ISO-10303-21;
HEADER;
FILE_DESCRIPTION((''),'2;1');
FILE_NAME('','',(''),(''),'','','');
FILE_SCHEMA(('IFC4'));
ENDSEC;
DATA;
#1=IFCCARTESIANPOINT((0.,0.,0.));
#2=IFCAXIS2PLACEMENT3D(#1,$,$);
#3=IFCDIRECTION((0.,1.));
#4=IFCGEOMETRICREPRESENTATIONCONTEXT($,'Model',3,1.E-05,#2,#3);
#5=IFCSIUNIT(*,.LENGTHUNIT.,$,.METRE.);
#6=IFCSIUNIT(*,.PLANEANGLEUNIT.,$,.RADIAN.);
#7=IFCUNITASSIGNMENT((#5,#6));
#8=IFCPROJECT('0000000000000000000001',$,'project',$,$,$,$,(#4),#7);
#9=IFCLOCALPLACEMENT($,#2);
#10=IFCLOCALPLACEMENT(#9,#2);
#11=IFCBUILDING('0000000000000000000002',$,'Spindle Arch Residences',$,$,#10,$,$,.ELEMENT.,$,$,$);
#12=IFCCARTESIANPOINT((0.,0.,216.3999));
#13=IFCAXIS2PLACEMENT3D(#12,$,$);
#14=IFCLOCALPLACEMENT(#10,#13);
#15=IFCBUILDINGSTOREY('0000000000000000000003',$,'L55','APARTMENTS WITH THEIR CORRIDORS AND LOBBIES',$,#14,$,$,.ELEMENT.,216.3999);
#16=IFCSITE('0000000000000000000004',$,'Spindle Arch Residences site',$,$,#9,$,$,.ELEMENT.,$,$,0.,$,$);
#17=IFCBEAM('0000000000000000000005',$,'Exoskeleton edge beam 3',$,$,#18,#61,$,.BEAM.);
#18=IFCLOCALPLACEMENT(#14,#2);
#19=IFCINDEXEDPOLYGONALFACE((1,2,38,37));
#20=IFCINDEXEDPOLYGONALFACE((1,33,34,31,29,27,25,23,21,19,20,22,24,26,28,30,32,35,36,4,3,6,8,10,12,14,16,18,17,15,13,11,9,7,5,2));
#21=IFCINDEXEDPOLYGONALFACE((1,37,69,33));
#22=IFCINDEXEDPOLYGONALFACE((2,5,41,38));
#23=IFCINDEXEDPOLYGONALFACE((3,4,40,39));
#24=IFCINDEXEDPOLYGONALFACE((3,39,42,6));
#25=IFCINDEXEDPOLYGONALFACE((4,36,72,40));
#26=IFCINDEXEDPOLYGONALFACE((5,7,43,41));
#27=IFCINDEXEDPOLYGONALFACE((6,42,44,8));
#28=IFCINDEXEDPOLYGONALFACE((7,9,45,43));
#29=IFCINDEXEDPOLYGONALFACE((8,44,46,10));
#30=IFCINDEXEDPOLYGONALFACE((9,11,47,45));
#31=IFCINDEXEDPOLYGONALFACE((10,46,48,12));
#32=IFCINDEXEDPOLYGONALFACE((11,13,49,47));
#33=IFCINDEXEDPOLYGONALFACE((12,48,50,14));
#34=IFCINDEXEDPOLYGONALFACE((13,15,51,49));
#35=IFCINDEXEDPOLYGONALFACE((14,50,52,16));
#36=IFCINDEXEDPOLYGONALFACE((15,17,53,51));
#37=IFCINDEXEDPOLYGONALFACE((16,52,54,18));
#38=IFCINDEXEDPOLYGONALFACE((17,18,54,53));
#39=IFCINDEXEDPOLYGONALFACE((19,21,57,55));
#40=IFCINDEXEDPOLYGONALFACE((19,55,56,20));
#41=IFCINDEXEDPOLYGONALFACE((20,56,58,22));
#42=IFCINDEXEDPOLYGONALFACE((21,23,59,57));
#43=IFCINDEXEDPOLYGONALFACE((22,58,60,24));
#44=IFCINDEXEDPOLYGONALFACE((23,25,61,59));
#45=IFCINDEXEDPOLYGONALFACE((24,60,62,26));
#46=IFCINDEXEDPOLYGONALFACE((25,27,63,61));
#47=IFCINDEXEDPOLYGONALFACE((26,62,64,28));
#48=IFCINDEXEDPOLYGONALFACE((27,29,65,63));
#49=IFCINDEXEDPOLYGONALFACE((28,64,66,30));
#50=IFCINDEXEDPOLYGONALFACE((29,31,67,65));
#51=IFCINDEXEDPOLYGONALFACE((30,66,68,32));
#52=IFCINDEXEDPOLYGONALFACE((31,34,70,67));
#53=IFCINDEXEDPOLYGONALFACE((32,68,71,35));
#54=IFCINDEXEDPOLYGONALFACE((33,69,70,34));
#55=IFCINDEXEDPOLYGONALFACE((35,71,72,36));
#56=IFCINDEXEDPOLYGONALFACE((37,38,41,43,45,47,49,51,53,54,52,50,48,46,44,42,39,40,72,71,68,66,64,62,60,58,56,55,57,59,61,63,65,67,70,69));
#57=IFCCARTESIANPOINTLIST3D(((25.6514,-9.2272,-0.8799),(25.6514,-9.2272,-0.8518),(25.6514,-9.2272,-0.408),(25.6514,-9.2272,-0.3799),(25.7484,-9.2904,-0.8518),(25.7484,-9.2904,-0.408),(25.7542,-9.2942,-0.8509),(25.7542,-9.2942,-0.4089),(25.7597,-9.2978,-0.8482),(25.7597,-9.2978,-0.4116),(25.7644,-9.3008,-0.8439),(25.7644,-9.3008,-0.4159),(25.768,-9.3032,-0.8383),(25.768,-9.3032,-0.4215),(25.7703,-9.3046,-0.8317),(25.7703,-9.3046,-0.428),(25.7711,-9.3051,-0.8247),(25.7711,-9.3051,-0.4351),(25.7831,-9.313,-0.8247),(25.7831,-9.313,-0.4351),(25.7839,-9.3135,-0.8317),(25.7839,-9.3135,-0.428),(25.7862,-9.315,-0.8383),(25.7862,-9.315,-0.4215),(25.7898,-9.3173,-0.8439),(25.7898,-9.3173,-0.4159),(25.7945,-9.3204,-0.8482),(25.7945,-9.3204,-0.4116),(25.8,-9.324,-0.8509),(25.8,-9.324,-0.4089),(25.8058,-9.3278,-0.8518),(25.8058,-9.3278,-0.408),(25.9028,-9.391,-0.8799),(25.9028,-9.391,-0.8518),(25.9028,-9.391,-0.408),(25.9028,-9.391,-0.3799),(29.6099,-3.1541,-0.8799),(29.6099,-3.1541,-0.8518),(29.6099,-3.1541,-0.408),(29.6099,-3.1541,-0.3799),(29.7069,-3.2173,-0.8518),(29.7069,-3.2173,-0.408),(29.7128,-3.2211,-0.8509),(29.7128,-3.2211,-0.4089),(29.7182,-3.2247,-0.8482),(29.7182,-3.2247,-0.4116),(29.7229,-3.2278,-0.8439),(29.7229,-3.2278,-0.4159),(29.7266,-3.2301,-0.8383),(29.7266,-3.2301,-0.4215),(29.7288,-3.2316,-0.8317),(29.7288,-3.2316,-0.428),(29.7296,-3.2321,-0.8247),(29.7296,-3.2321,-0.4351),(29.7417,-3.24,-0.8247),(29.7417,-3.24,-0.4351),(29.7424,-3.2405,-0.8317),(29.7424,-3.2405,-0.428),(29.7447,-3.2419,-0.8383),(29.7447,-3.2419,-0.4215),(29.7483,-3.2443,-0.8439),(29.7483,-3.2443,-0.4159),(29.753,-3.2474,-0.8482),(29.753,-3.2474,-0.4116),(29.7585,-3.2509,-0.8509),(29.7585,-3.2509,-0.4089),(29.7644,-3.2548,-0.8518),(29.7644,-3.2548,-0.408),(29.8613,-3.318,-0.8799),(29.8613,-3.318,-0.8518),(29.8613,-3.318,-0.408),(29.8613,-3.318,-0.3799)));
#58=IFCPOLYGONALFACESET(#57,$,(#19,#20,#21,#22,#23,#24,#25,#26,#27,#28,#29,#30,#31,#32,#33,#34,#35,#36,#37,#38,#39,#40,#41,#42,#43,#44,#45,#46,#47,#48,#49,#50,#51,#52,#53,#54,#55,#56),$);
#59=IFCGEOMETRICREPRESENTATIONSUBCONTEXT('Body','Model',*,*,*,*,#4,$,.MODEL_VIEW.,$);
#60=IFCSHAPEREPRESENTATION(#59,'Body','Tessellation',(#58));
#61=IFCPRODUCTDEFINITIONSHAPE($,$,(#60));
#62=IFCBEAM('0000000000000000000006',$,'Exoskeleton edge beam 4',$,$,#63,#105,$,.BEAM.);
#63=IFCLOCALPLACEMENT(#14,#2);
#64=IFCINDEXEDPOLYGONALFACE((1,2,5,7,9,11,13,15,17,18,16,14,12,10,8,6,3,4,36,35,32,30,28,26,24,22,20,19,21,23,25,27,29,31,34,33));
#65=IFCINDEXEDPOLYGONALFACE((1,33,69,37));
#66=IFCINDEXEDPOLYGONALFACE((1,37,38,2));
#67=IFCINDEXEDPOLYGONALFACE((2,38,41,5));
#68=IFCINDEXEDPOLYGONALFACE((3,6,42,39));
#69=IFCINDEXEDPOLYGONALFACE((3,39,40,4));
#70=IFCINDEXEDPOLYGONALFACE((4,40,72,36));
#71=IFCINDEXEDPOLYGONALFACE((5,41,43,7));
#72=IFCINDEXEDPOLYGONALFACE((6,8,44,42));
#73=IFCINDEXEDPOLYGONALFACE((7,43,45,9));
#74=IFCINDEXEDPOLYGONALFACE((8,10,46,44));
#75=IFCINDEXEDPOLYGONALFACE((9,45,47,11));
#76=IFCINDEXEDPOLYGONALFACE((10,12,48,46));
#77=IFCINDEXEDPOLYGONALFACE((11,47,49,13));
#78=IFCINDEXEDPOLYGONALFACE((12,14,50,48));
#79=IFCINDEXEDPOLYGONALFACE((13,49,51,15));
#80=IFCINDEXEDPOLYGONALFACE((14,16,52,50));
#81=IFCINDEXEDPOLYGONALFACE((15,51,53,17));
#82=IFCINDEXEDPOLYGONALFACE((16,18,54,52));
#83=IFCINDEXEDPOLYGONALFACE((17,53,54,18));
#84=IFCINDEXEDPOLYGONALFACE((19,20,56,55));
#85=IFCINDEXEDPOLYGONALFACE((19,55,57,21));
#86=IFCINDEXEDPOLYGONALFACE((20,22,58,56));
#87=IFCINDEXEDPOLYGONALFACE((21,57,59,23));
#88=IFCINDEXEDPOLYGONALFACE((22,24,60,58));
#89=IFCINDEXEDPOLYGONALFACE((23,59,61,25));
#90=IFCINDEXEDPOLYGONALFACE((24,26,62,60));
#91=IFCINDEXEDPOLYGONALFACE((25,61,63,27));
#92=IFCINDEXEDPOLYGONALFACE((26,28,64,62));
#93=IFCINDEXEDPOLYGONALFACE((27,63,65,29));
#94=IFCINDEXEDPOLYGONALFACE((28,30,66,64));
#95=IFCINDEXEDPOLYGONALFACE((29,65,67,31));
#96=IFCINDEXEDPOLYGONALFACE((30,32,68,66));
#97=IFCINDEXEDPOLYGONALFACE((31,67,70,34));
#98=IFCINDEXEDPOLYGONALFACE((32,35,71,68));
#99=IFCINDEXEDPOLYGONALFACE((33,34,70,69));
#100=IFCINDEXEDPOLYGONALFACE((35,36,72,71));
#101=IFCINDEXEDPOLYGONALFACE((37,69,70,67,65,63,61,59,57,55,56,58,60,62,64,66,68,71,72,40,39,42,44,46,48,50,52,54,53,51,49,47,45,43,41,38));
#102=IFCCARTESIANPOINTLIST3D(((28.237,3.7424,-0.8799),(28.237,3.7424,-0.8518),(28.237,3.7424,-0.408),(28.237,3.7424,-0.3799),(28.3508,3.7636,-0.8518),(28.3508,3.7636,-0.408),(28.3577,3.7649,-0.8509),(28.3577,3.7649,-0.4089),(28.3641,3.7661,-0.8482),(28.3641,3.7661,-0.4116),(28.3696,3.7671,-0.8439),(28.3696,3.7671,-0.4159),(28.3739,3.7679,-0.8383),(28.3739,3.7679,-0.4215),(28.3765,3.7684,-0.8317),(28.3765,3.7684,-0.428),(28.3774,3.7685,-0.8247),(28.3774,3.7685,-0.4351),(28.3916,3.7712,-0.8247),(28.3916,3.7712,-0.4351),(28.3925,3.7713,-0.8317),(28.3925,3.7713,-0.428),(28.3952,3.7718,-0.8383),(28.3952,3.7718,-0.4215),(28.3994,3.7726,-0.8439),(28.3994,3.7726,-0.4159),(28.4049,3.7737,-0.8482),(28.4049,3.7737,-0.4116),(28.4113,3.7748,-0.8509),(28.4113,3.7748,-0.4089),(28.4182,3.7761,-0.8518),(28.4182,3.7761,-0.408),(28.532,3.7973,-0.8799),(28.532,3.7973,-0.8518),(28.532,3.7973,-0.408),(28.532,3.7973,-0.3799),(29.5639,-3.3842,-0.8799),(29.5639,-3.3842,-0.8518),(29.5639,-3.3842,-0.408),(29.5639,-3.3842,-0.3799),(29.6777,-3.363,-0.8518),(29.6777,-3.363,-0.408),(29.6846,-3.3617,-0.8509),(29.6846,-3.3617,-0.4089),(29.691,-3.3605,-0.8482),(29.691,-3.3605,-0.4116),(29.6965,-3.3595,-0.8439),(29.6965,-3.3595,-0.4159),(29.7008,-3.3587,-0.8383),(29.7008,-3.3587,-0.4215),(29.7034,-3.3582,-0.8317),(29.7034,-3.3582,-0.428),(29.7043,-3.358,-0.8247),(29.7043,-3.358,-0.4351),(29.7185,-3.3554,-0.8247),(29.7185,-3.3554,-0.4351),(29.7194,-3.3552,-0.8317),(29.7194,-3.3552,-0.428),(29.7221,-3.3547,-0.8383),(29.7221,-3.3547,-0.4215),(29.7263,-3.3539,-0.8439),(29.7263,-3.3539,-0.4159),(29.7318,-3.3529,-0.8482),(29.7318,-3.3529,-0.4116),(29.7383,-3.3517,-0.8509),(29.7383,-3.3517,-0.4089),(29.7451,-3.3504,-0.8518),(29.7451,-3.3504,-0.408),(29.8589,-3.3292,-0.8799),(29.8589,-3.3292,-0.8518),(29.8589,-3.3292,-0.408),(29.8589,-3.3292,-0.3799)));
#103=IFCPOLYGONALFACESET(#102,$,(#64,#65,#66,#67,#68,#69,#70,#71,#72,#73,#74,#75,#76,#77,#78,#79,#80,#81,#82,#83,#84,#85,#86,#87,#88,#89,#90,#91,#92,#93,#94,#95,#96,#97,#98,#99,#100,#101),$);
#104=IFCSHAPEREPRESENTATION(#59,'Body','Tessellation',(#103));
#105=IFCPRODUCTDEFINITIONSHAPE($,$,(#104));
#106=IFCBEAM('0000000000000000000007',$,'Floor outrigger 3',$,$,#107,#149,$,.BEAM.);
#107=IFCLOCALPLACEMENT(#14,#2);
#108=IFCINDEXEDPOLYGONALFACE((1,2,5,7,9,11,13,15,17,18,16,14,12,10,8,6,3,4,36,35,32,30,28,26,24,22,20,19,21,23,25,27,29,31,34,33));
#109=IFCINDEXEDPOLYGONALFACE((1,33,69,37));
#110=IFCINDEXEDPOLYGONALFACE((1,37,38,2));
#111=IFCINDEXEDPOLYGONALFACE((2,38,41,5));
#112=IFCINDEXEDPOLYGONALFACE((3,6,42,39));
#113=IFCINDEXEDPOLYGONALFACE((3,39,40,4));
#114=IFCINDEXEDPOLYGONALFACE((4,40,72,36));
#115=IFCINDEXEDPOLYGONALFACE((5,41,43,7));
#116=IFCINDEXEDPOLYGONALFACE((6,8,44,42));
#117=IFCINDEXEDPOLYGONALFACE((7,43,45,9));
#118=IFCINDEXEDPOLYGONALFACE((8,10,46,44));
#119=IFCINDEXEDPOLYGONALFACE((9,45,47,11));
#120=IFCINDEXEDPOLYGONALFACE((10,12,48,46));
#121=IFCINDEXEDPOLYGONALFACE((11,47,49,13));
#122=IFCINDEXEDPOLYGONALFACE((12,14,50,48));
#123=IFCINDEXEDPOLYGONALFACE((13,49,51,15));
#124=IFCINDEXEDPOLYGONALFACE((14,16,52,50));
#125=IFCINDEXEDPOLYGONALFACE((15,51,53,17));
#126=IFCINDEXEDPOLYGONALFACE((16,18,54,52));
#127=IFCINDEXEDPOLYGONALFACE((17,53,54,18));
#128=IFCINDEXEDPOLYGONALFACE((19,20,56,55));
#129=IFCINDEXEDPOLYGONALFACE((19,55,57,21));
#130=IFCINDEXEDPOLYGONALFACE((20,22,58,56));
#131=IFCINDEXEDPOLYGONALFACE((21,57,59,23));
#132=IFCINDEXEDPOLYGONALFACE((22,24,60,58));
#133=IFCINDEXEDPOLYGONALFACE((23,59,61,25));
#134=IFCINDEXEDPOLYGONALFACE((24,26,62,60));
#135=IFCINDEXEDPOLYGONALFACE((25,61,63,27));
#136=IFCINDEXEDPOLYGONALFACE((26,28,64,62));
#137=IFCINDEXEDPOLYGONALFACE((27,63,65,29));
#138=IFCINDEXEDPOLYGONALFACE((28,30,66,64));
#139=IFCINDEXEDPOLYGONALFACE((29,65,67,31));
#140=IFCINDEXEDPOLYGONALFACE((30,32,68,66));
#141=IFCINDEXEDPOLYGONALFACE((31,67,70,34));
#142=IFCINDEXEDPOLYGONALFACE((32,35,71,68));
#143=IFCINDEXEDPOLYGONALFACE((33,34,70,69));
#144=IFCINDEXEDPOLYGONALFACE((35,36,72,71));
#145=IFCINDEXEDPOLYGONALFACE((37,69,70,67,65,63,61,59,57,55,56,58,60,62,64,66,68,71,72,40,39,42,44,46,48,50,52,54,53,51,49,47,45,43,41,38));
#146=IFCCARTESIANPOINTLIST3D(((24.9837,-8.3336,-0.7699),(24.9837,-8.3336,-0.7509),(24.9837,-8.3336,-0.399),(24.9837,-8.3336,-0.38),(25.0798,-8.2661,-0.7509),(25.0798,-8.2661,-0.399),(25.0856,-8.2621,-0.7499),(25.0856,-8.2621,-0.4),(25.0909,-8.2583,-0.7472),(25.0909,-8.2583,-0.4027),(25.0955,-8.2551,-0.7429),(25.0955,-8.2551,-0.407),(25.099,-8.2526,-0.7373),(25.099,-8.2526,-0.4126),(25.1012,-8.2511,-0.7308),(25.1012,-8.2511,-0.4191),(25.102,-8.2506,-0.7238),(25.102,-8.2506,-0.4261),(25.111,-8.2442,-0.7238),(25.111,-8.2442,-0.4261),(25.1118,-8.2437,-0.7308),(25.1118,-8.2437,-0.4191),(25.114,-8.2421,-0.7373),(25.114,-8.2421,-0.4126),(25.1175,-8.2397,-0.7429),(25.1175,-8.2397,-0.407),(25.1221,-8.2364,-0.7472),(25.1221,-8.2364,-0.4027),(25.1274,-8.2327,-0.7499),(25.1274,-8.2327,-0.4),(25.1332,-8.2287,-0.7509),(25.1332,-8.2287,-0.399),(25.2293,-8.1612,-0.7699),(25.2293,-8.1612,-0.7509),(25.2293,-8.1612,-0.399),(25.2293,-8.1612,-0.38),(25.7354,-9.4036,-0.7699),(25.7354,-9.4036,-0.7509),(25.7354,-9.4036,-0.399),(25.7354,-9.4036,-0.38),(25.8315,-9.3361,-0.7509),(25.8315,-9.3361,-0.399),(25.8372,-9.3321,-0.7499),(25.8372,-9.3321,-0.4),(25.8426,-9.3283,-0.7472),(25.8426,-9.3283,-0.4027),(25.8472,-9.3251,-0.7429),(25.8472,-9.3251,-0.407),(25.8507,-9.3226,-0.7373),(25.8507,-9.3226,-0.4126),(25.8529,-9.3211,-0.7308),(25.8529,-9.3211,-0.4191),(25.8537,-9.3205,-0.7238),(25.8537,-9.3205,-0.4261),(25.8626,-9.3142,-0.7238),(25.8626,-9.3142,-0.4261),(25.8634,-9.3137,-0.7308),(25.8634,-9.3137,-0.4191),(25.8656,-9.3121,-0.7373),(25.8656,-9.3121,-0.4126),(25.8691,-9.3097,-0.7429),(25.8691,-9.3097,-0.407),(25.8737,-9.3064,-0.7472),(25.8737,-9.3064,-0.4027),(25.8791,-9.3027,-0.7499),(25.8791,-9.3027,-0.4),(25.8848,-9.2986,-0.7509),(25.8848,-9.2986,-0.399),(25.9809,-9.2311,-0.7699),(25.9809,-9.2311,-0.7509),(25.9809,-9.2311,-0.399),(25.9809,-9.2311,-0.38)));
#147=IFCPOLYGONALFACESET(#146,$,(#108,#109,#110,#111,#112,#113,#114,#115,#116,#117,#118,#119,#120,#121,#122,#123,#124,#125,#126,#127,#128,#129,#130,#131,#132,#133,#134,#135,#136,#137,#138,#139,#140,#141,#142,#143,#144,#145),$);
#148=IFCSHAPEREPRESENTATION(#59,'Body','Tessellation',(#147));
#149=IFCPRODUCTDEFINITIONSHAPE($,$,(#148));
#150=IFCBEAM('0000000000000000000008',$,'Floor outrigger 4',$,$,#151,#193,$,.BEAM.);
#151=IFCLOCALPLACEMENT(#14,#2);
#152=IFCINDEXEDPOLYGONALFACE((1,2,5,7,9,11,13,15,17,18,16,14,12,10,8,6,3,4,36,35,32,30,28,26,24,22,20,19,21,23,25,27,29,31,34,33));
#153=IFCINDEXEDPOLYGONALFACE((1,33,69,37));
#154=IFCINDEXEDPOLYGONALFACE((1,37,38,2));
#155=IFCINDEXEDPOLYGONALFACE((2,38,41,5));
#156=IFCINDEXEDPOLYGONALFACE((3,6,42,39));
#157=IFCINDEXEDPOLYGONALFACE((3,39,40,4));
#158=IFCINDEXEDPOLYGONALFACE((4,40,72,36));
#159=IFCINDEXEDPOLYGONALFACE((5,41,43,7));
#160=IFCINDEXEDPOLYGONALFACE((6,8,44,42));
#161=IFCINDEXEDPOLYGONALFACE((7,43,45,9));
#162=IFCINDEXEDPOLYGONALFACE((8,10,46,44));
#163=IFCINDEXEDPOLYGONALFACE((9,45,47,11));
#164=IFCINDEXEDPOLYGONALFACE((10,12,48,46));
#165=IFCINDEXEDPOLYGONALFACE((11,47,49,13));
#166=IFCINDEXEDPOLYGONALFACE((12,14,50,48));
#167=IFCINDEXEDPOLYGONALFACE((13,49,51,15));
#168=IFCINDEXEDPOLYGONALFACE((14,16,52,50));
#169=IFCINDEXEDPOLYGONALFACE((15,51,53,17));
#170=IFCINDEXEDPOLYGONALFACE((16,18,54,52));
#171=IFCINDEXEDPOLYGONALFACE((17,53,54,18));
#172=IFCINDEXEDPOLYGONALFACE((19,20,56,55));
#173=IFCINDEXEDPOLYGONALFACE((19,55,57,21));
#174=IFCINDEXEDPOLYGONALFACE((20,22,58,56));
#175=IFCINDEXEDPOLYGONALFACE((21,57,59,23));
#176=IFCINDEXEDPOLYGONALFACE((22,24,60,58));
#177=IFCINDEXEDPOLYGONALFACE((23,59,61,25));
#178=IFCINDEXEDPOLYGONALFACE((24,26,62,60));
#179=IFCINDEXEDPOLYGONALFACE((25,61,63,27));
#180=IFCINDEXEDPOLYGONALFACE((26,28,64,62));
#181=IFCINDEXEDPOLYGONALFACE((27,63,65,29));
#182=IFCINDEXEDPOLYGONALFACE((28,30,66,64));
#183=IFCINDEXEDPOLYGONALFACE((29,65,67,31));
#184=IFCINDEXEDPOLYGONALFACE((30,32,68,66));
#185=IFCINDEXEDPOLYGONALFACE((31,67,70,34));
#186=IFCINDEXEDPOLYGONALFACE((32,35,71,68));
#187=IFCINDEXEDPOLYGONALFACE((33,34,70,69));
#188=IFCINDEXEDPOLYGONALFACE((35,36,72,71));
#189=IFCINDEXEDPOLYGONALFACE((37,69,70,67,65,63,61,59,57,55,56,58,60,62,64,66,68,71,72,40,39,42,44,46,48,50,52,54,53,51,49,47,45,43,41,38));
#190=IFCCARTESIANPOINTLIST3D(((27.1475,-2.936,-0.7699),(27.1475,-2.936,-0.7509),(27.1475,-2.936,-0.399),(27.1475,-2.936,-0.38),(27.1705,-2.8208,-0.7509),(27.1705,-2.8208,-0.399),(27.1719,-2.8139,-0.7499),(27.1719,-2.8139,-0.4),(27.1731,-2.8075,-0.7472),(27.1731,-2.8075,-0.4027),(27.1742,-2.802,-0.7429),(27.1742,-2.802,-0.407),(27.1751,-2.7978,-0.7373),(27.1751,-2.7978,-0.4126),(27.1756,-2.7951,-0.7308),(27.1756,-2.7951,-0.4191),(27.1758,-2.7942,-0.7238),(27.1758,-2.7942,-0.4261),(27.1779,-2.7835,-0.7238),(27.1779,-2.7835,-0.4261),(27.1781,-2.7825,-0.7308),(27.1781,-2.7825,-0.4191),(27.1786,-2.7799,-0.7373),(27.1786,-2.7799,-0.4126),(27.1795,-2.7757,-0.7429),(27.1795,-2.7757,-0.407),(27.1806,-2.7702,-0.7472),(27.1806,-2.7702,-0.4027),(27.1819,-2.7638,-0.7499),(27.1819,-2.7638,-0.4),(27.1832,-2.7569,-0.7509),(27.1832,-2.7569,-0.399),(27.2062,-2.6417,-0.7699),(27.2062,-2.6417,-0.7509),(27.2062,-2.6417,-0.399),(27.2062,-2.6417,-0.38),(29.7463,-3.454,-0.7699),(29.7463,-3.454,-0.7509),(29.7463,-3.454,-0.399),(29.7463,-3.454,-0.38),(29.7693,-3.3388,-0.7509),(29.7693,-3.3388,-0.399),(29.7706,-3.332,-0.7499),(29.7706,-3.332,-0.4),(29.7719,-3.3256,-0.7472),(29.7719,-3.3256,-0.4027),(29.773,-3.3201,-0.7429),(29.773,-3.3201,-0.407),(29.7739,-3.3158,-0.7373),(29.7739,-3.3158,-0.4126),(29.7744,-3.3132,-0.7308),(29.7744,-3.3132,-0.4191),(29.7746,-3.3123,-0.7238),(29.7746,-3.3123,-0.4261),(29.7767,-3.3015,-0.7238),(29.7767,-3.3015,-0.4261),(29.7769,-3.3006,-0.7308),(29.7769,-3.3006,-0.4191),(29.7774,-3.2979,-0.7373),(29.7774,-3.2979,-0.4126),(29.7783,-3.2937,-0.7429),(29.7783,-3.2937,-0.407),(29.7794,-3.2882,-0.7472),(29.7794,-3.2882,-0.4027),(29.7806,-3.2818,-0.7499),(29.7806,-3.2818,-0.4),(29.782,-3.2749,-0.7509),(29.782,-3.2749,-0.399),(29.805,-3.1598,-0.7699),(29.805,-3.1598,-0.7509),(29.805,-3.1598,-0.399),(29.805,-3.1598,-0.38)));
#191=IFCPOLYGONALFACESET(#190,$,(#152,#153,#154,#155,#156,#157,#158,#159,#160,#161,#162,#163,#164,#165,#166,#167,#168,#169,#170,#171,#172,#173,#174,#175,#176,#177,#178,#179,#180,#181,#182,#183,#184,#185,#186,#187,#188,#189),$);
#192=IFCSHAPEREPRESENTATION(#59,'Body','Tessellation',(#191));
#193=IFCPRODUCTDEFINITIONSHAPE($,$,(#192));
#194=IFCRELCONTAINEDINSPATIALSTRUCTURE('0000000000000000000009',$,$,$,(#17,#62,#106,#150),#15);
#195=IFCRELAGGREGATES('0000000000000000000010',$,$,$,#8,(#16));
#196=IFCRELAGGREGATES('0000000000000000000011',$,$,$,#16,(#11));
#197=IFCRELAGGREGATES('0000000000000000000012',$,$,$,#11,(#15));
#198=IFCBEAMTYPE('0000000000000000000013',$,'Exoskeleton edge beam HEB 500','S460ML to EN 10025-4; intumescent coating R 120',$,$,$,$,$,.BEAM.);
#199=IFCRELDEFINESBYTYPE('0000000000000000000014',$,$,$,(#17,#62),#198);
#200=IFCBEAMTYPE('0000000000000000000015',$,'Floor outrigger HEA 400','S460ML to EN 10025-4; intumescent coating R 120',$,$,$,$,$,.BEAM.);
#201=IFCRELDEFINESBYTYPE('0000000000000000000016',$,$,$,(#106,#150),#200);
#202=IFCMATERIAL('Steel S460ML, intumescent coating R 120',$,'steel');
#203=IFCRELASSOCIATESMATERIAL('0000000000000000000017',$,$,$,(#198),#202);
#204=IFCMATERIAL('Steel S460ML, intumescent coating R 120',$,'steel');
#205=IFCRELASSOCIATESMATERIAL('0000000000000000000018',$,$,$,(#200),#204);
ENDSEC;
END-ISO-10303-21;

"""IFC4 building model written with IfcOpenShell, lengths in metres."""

from ifc_helpers import new_model, si_unit, direction, frame, origin, origin_2d, place, context, subcontext, project, spatial, i_section, extrude, material, material_profile, profile_set, type_object, element, save


model = new_model("IFC4")

# Units and contexts
model_context = context("Model", 3, precision=1e-05, world=origin(), true_north=direction((0.0, 1.0)))
body_context = subcontext(model_context, "Body", "Model", "MODEL_VIEW")
ifc_project = project(units=[si_unit("LENGTHUNIT", "METRE"), si_unit("PLANEANGLEUNIT", "RADIAN")], contexts=[model_context])

# Site, building, storey
site_placement = place(None, origin())
site = spatial("IfcSite", under=ifc_project, at=site_placement, Name="Spindle Arch Residences site", CompositionType="ELEMENT", RefElevation=0.0)
building_placement = place(site_placement, origin())
building = spatial("IfcBuilding", under=site, at=building_placement, Name="Spindle Arch Residences", CompositionType="ELEMENT")
storey_placement = place(building_placement, frame((0.0, 0.0, 216.3999)))
storey = spatial("IfcBuildingStorey", under=building, at=storey_placement, Name="L55", Description="APARTMENTS WITH THEIR CORRIDORS AND LOBBIES", CompositionType="ELEMENT", Elevation=216.3999)

# Beams
ifc_material_1 = material(Name="Steel S460ML, intumescent coating R 120", Category="steel")
ifc_material_profile_1 = material_profile(ifc_material_1, i_section(OverallWidth=0.3, OverallDepth=0.5, WebThickness=0.0144, FlangeThickness=0.0281, FilletRadius=0.0271, at=origin_2d()), Name="HEB 500")
ifc_profile_set_1 = profile_set([ifc_material_profile_1], Name="Steel S460ML, intumescent coating R 120")
beam_type_1 = type_object("IfcBeamType", Name="Exoskeleton edge beam HEB 500", Description="S460ML to EN 10025-4; intumescent coating R 120", PredefinedType="BEAM", material=ifc_profile_set_1)
beam_1_placement = place(storey_placement, frame((25.7771, -9.3091, -0.6299), z_axis=(0.546059, 0.837747, 0.0), x_axis=(-0.837747, 0.546059, 0.0)))
element("IfcBeam", 1, at=beam_1_placement, inside=storey, type_object=beam_type_1, Name="Exoskeleton edge beam 3", PredefinedType="BEAM", context=body_context, shape_type="SweptSolid", body=[
    extrude(i_section(OverallWidth=0.3, OverallDepth=0.5, WebThickness=0.0144, FlangeThickness=0.0281, FilletRadius=0.0271, at=origin_2d()), origin(), (0.0, 0.0, 1.0), 7.2493),
])
beam_2_placement = place(storey_placement, frame((29.7114, -3.3567, -0.6299), z_axis=(-0.183048, 0.983104, 0.0), x_axis=(-0.983104, -0.183048, 0.0)))
element("IfcBeam", 2, at=beam_2_placement, inside=storey, type_object=beam_type_1, Name="Exoskeleton edge beam 4", PredefinedType="BEAM", context=body_context, shape_type="SweptSolid", body=[
    extrude(i_section(OverallWidth=0.3, OverallDepth=0.5, WebThickness=0.0144, FlangeThickness=0.0281, FilletRadius=0.0271, at=origin_2d()), origin(), (0.0, 0.0, 1.0), 7.249),
])
ifc_material_2 = material(Name="Steel S460ML, intumescent coating R 120", Category="steel")
ifc_material_profile_2 = material_profile(ifc_material_2, i_section(OverallWidth=0.3, OverallDepth=0.3899, WebThickness=0.011, FlangeThickness=0.019, FilletRadius=0.0271, at=origin_2d()), Name="HEA 400")
ifc_profile_set_2 = profile_set([ifc_material_profile_2], Name="Steel S460ML, intumescent coating R 120")
beam_type_2 = type_object("IfcBeamType", Name="Floor outrigger HEA 400", Description="S460ML to EN 10025-4; intumescent coating R 120", PredefinedType="BEAM", material=ifc_profile_set_2)
beam_3_placement = place(storey_placement, frame((25.8582, -9.3174, -0.575), z_axis=(-0.574827, 0.818275, 0.0), x_axis=(-0.818275, -0.574827, 0.0)))
element("IfcBeam", 3, at=beam_3_placement, inside=storey, type_object=beam_type_2, Name="Floor outrigger 3", PredefinedType="BEAM", context=body_context, shape_type="SweptSolid", body=[
    extrude(i_section(OverallWidth=0.3, OverallDepth=0.3899, WebThickness=0.011, FlangeThickness=0.019, FilletRadius=0.0271, at=origin_2d()), origin(), (0.0, 0.0, 1.0), 1.3076),
])
beam_4_placement = place(storey_placement, frame((29.7756, -3.3069, -0.575), z_axis=(-0.980704, 0.195496, 0.0), x_axis=(-0.195496, -0.980704, 0.0)))
element("IfcBeam", 4, at=beam_4_placement, inside=storey, type_object=beam_type_2, Name="Floor outrigger 4", PredefinedType="BEAM", context=body_context, shape_type="SweptSolid", body=[
    extrude(i_section(OverallWidth=0.3, OverallDepth=0.3899, WebThickness=0.011, FlangeThickness=0.019, FilletRadius=0.0271, at=origin_2d()), origin(), (0.0, 0.0, 1.0), 2.6499),
])

save(model, "model.ifc")
